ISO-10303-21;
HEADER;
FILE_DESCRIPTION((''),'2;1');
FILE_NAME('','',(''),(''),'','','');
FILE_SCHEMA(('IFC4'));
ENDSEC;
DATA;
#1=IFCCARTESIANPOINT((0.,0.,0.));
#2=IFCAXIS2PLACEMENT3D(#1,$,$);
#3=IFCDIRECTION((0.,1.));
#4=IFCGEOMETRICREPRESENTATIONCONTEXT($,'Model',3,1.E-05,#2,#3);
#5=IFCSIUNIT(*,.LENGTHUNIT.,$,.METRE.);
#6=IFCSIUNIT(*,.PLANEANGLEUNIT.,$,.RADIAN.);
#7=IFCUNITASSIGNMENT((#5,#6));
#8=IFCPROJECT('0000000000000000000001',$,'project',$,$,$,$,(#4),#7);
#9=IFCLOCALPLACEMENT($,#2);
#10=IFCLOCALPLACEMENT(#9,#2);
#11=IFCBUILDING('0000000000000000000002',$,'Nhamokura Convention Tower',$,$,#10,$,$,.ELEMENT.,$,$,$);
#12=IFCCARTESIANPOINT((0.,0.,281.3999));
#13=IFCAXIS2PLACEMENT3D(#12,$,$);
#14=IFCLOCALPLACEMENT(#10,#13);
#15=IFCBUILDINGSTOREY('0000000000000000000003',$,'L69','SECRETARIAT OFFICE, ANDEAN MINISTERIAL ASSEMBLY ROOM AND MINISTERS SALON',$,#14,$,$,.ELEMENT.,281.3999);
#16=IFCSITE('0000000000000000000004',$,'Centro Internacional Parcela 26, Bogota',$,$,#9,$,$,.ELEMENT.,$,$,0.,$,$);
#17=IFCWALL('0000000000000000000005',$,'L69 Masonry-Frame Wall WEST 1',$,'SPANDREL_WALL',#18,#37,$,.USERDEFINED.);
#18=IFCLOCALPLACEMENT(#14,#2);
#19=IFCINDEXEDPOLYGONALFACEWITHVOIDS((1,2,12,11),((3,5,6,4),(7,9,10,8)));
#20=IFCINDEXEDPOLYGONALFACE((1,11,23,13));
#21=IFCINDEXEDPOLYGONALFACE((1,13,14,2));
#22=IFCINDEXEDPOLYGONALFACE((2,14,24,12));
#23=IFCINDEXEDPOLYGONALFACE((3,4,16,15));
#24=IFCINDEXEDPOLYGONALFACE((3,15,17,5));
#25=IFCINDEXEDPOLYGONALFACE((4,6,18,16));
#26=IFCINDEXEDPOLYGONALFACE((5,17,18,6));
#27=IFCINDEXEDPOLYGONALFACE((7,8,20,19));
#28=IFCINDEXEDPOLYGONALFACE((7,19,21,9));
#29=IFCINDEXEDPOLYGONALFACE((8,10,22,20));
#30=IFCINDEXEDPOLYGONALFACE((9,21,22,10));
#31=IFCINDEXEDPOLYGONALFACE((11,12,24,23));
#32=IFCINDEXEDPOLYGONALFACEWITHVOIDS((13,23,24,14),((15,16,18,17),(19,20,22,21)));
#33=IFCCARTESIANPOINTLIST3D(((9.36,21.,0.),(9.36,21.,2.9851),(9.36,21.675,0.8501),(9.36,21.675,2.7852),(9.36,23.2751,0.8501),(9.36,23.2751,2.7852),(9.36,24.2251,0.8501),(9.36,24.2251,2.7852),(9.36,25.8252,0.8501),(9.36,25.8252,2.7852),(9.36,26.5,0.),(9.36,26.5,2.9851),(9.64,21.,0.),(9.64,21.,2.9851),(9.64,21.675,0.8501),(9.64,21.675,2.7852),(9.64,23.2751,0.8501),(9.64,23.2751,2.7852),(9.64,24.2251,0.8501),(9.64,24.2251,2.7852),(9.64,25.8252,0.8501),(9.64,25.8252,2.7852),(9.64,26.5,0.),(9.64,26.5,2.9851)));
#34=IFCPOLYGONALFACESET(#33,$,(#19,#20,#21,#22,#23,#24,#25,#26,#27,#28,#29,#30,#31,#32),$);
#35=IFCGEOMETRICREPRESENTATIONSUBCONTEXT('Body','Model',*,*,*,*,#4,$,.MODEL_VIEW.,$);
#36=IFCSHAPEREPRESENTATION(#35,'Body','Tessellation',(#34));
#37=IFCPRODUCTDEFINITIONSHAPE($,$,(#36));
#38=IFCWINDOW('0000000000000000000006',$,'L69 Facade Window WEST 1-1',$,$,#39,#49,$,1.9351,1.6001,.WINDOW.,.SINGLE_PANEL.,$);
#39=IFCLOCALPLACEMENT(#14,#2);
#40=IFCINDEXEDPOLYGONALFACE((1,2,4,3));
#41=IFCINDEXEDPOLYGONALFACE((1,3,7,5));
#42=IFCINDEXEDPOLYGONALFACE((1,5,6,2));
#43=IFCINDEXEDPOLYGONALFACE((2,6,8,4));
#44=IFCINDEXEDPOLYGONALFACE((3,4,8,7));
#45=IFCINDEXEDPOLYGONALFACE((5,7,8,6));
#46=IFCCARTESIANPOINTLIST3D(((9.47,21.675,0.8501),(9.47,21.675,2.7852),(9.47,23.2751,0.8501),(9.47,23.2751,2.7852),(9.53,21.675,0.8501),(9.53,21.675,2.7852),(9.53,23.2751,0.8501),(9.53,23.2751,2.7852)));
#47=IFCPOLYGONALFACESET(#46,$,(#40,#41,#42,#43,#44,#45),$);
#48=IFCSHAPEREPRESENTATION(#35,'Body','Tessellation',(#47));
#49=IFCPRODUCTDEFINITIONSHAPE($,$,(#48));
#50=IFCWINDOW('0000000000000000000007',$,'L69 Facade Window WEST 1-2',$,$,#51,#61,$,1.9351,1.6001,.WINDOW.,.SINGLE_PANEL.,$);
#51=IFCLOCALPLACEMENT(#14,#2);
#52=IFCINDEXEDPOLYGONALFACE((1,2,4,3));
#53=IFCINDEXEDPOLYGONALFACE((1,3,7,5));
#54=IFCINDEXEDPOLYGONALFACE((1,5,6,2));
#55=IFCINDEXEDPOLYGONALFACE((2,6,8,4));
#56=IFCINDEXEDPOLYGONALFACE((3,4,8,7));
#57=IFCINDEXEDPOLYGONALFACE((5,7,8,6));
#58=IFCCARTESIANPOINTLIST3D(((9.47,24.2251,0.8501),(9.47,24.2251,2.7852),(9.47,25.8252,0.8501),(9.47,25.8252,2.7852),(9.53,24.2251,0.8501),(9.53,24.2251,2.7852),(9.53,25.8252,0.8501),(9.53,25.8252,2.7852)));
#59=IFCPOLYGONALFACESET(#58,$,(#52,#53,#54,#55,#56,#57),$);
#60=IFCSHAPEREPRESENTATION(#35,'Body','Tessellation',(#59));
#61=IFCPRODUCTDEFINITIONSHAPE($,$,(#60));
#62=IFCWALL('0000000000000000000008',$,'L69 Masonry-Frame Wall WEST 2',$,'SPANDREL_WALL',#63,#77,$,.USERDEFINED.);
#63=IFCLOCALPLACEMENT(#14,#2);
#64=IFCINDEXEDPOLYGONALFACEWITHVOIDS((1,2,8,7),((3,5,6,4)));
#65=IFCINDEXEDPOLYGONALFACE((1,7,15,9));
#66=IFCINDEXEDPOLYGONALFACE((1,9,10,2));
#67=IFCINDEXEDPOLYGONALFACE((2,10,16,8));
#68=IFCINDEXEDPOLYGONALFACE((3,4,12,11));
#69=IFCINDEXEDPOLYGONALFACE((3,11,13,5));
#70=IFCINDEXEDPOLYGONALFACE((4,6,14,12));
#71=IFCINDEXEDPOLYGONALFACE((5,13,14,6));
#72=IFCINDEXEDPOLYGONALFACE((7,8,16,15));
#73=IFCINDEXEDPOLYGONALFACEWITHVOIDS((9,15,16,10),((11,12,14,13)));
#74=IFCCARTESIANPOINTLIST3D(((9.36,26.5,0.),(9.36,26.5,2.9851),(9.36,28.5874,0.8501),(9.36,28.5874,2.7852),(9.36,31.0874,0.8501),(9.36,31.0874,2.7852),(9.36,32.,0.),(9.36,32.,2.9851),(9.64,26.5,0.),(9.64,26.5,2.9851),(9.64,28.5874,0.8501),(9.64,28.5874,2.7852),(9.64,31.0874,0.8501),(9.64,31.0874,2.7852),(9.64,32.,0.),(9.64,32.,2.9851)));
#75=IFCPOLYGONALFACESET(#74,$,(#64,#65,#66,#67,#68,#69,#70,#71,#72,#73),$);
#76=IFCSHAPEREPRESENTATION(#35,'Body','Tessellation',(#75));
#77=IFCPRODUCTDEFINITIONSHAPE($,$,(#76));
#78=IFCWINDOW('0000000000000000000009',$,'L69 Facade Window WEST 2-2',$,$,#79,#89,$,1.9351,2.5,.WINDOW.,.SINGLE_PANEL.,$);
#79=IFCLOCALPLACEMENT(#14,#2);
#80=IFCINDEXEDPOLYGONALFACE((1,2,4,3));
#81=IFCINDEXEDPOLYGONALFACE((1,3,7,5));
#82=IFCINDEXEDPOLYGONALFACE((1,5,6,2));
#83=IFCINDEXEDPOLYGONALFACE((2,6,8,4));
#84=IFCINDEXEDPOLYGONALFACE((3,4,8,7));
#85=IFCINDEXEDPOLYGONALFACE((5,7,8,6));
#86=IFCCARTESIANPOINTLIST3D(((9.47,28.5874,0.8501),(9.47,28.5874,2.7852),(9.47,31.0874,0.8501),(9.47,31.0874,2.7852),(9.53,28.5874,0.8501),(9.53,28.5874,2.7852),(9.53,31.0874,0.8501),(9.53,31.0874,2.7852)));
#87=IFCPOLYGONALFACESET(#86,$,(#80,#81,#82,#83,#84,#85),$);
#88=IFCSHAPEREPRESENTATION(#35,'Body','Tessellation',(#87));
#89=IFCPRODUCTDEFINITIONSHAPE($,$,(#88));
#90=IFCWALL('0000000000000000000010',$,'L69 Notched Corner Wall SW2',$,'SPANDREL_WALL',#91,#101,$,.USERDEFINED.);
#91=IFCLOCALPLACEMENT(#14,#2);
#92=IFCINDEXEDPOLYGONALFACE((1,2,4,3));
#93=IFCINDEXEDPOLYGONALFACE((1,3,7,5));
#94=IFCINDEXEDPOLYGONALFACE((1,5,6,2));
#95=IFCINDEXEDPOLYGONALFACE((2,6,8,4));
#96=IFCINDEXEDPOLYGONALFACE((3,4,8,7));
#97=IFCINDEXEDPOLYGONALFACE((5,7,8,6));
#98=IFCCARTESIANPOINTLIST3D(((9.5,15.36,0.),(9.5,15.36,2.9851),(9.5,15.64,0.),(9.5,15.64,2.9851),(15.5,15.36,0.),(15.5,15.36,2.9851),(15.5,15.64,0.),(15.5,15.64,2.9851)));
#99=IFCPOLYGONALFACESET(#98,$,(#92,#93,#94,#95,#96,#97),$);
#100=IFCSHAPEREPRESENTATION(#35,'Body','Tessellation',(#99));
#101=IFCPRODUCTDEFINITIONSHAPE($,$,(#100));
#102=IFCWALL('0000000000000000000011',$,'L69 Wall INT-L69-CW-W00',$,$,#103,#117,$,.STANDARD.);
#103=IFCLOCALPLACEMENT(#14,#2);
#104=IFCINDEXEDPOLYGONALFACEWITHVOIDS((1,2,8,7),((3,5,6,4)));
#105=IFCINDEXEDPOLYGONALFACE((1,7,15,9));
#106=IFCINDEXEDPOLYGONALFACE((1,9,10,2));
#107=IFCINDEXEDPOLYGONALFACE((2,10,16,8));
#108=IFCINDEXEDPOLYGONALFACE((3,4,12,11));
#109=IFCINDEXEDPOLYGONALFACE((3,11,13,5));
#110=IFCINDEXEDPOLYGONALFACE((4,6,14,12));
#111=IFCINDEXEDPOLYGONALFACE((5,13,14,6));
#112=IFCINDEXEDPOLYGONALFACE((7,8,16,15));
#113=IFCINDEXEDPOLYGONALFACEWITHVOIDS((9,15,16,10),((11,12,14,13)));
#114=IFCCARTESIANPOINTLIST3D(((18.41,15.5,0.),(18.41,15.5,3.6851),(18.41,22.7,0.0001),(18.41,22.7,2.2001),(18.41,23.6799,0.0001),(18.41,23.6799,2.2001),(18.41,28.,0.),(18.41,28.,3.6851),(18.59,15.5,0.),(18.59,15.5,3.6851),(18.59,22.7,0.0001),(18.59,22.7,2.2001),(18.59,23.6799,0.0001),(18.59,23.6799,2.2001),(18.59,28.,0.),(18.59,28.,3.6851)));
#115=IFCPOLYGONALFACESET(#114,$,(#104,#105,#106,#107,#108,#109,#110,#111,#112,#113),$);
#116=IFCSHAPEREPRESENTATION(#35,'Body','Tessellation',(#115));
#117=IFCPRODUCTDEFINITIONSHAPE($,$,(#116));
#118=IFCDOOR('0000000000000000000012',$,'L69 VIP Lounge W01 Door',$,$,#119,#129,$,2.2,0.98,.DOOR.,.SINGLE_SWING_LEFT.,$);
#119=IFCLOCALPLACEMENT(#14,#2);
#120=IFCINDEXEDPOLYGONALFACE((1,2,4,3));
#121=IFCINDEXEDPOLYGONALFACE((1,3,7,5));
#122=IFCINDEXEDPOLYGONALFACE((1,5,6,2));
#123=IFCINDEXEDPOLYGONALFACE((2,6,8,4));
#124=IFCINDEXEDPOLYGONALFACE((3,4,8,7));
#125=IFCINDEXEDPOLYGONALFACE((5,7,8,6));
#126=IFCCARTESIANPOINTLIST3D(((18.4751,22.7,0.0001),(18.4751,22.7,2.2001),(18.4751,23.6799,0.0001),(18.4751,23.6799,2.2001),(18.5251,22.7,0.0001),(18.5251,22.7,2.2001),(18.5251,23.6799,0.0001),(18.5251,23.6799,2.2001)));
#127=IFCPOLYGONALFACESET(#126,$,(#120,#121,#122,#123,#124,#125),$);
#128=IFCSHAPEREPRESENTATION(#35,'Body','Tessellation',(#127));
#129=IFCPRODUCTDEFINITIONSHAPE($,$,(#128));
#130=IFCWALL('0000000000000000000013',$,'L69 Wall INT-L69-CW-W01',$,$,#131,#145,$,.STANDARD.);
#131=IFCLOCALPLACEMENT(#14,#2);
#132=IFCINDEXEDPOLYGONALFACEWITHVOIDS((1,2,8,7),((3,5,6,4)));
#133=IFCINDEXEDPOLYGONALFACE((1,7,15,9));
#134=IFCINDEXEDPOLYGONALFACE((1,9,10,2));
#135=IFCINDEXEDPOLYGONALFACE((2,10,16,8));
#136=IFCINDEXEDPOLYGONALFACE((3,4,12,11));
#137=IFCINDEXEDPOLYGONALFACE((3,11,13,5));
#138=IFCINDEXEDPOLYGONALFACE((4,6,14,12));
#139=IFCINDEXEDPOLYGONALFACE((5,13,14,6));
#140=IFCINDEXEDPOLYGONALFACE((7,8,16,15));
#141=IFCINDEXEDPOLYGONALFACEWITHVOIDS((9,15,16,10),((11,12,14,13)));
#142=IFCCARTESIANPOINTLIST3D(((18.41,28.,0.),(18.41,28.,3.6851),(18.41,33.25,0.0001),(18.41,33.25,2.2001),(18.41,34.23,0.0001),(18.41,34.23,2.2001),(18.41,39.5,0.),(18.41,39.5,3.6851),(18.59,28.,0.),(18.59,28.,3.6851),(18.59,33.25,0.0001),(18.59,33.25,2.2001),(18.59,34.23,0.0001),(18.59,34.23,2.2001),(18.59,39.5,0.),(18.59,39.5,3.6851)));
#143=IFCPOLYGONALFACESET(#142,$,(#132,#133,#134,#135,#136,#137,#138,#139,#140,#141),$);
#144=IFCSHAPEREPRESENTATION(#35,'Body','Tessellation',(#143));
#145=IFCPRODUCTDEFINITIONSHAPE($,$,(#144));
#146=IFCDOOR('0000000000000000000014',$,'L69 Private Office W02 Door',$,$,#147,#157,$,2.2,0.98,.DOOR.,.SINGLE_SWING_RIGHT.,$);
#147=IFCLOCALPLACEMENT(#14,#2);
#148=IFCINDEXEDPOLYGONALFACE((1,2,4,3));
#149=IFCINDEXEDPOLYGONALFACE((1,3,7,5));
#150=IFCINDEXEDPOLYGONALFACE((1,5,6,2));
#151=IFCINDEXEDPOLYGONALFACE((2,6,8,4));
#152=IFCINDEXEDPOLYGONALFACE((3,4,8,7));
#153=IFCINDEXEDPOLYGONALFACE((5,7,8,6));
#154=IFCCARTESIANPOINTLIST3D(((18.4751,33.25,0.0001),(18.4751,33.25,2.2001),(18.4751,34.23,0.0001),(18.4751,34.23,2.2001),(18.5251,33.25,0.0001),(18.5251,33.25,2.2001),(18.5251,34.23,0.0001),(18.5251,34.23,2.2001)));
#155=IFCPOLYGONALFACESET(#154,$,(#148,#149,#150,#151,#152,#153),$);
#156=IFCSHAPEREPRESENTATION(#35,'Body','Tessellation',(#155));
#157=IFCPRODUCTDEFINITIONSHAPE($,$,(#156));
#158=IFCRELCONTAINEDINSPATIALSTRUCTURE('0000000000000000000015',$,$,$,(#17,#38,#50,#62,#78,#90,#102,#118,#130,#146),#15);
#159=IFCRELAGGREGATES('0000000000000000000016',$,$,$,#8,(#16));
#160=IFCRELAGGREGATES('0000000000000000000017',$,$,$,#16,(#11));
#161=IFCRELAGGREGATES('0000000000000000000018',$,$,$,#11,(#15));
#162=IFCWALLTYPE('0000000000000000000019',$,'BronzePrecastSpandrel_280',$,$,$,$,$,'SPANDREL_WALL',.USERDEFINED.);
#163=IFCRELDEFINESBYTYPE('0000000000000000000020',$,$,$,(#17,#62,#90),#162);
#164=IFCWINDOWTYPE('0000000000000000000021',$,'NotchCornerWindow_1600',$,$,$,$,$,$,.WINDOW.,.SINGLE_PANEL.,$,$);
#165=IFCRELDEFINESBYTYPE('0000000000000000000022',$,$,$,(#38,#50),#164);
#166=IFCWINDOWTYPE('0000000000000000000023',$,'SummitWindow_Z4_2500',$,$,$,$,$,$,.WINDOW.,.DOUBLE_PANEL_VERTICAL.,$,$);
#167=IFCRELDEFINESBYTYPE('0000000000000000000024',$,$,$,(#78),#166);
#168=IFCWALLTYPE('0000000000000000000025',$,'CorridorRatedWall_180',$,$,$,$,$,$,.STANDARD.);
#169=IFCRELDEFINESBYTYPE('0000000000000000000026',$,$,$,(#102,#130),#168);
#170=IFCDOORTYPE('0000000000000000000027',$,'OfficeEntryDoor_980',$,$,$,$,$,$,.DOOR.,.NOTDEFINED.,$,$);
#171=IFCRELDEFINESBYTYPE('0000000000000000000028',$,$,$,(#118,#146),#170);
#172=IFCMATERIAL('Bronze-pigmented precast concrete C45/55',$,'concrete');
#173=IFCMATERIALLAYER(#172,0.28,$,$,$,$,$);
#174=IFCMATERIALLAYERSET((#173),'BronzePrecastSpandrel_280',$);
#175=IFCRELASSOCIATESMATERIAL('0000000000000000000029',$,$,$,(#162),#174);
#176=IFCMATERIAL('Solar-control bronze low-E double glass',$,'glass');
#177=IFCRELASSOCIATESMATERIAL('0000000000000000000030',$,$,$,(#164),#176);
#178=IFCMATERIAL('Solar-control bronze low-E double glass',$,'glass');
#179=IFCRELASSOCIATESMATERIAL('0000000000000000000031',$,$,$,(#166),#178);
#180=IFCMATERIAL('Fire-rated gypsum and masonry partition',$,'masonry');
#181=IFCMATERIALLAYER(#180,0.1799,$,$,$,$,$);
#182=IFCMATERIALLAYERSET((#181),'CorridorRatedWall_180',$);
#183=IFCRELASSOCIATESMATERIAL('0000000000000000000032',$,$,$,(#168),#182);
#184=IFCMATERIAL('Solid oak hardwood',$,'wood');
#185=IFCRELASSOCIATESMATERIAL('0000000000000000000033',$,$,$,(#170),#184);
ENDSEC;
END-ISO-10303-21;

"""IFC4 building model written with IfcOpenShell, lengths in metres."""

from ifc_helpers import new_model, si_unit, direction, frame, frame_2d, origin, place, context, subcontext, project, spatial, rectangle, extrude, material, layer, layer_set, type_object, element, fill, save


model = new_model("IFC4")

# Units and contexts
model_context = context("Model", 3, precision=1e-05, world=origin(), true_north=direction((0.0, 1.0)))
body_context = subcontext(model_context, "Body", "Model", "MODEL_VIEW")
ifc_project = project(units=[si_unit("LENGTHUNIT", "METRE"), si_unit("PLANEANGLEUNIT", "RADIAN")], contexts=[model_context])

# Site, building, storey
site_placement = place(None, origin())
site = spatial("IfcSite", under=ifc_project, at=site_placement, Name="Centro Internacional Parcela 26, Bogota", CompositionType="ELEMENT", RefElevation=0.0)
building_placement = place(site_placement, origin())
building = spatial("IfcBuilding", under=site, at=building_placement, Name="Nhamokura Convention Tower", CompositionType="ELEMENT")
storey_placement = place(building_placement, frame((0.0, 0.0, 281.3999)))
storey = spatial("IfcBuildingStorey", under=building, at=storey_placement, Name="L69", Description="SECRETARIAT OFFICE, ANDEAN MINISTERIAL ASSEMBLY ROOM AND MINISTERS SALON", CompositionType="ELEMENT", Elevation=281.3999)

# Wall, openings, windows
ifc_material_1 = material(Name="Bronze-pigmented precast concrete C45/55", Category="concrete")
ifc_layer_1 = layer(ifc_material_1, 0.28)
ifc_layer_set_1 = layer_set([ifc_layer_1], Name="BronzePrecastSpandrel_280")
wall_type_1 = type_object("IfcWallType", Name="BronzePrecastSpandrel_280", ElementType="SPANDREL_WALL", PredefinedType="USERDEFINED", material=ifc_layer_set_1)
wall_1_placement = place(storey_placement, frame((9.5, 21.0, 0.0), z_axis=(0.0, 0.0, 1.0), x_axis=(0.0, 1.0, 0.0)))
wall_1 = element("IfcWall", 1, at=wall_1_placement, inside=storey, type_object=wall_type_1, Name="L69 Masonry-Frame Wall WEST 1", ObjectType="SPANDREL_WALL", PredefinedType="USERDEFINED", context=body_context, shape_type="SweptSolid", body=[
    extrude(rectangle(XDim=5.5, YDim=0.28, at=frame_2d((2.75, 0.0))), origin(), (0.0, 0.0, 1.0), 2.9851),
])
opening_1_placement = place(wall_1_placement, frame((0.675, 0.0, 0.8501)))
opening_1 = element("IfcOpeningElement", 2, at=opening_1_placement, cuts=wall_1, PredefinedType="OPENING", context=body_context, shape_type="SweptSolid", body=[
    extrude(rectangle(XDim=1.6001, YDim=1.9351, at=frame_2d((0.8, 0.9675))), frame((0.0, 0.1499, 0.0), z_axis=(0.0, -1.0, 0.0), x_axis=(1.0, 0.0, 0.0)), (0.0, 0.0, 1.0), 0.3),
])
opening_2_placement = place(wall_1_placement, frame((3.2251, 0.0, 0.8501)))
opening_2 = element("IfcOpeningElement", 3, at=opening_2_placement, cuts=wall_1, PredefinedType="OPENING", context=body_context, shape_type="SweptSolid", body=[
    extrude(rectangle(XDim=1.6001, YDim=1.9351, at=frame_2d((0.8, 0.9675))), frame((0.0, 0.1499, 0.0), z_axis=(0.0, -1.0, 0.0), x_axis=(1.0, 0.0, 0.0)), (0.0, 0.0, 1.0), 0.3),
])
ifc_material_2 = material(Name="Solar-control bronze low-E double glass", Category="glass")
window_type_1 = type_object("IfcWindowType", Name="NotchCornerWindow_1600", PartitioningType="SINGLE_PANEL", PredefinedType="WINDOW", material=ifc_material_2)
window_1_placement = place(opening_1_placement, origin())
window_1 = element("IfcWindow", 4, at=window_1_placement, inside=storey, type_object=window_type_1, Name="L69 Facade Window WEST 1-1", OverallHeight=1.9351, OverallWidth=1.6001, PartitioningType="SINGLE_PANEL", PredefinedType="WINDOW", context=body_context, shape_type="SweptSolid", body=[
    extrude(rectangle(XDim=1.6001, YDim=1.9351, at=frame_2d((0.8, 0.9675))), frame((0.0, 0.03, 0.0), z_axis=(0.0, -1.0, 0.0), x_axis=(1.0, 0.0, 0.0)), (0.0, 0.0, 1.0), 0.0601),
])
fill(opening_1, window_1)
window_2_placement = place(opening_2_placement, origin())
window_2 = element("IfcWindow", 5, at=window_2_placement, inside=storey, type_object=window_type_1, Name="L69 Facade Window WEST 1-2", OverallHeight=1.9351, OverallWidth=1.6001, PartitioningType="SINGLE_PANEL", PredefinedType="WINDOW", context=body_context, shape_type="SweptSolid", body=[
    extrude(rectangle(XDim=1.6001, YDim=1.9351, at=frame_2d((0.8, 0.9675))), frame((0.0, 0.03, 0.0), z_axis=(0.0, -1.0, 0.0), x_axis=(1.0, 0.0, 0.0)), (0.0, 0.0, 1.0), 0.0601),
])
fill(opening_2, window_2)

# Wall, opening, window
wall_2_placement = place(storey_placement, frame((9.5, 26.5, 0.0), z_axis=(0.0, 0.0, 1.0), x_axis=(0.0, 1.0, 0.0)))
wall_2 = element("IfcWall", 6, at=wall_2_placement, inside=storey, type_object=wall_type_1, Name="L69 Masonry-Frame Wall WEST 2", ObjectType="SPANDREL_WALL", PredefinedType="USERDEFINED", context=body_context, shape_type="SweptSolid", body=[
    extrude(rectangle(XDim=5.5, YDim=0.28, at=frame_2d((2.75, 0.0))), origin(), (0.0, 0.0, 1.0), 2.9851),
])
opening_3_placement = place(wall_2_placement, frame((2.0874, 0.0, 0.8501)))
opening_3 = element("IfcOpeningElement", 7, at=opening_3_placement, cuts=wall_2, PredefinedType="OPENING", context=body_context, shape_type="SweptSolid", body=[
    extrude(rectangle(XDim=2.5, YDim=1.9351, at=frame_2d((1.25, 0.9675))), frame((0.0, 0.1499, 0.0), z_axis=(0.0, -1.0, 0.0), x_axis=(1.0, 0.0, 0.0)), (0.0, 0.0, 1.0), 0.3),
])
ifc_material_3 = material(Name="Solar-control bronze low-E double glass", Category="glass")
window_type_2 = type_object("IfcWindowType", Name="SummitWindow_Z4_2500", PartitioningType="DOUBLE_PANEL_VERTICAL", PredefinedType="WINDOW", material=ifc_material_3)
window_3_placement = place(opening_3_placement, origin())
window_3 = element("IfcWindow", 8, at=window_3_placement, inside=storey, type_object=window_type_2, Name="L69 Facade Window WEST 2-2", OverallHeight=1.9351, OverallWidth=2.5, PartitioningType="SINGLE_PANEL", PredefinedType="WINDOW", context=body_context, shape_type="SweptSolid", body=[
    extrude(rectangle(XDim=2.5, YDim=1.9351, at=frame_2d((1.25, 0.9675))), frame((0.0, 0.03, 0.0), z_axis=(0.0, -1.0, 0.0), x_axis=(1.0, 0.0, 0.0)), (0.0, 0.0, 1.0), 0.0601),
])
fill(opening_3, window_3)

# Wall
wall_3_placement = place(storey_placement, frame((15.5, 15.5, 0.0), z_axis=(0.0, 0.0, 1.0), x_axis=(-1.0, 0.0, 0.0)))
element("IfcWall", 9, at=wall_3_placement, inside=storey, type_object=wall_type_1, Name="L69 Notched Corner Wall SW2", ObjectType="SPANDREL_WALL", PredefinedType="USERDEFINED", context=body_context, shape_type="SweptSolid", body=[
    extrude(rectangle(XDim=6.0, YDim=0.28, at=frame_2d((3.0, 0.0))), origin(), (0.0, 0.0, 1.0), 2.9851),
])

# Walls, openings, doors
ifc_material_4 = material(Name="Fire-rated gypsum and masonry partition", Category="masonry")
ifc_layer_2 = layer(ifc_material_4, 0.1799)
ifc_layer_set_2 = layer_set([ifc_layer_2], Name="CorridorRatedWall_180")
wall_type_2 = type_object("IfcWallType", Name="CorridorRatedWall_180", PredefinedType="STANDARD", material=ifc_layer_set_2)
wall_4_placement = place(storey_placement, frame((18.5, 15.5, 0.0), z_axis=(0.0, 0.0, 1.0), x_axis=(0.0, 1.0, 0.0)))
wall_4 = element("IfcWall", 10, at=wall_4_placement, inside=storey, type_object=wall_type_2, Name="L69 Wall INT-L69-CW-W00", PredefinedType="STANDARD", context=body_context, shape_type="SweptSolid", body=[
    extrude(rectangle(XDim=12.5, YDim=0.1799, at=frame_2d((6.25, 0.0))), origin(), (0.0, 0.0, 1.0), 3.6851),
])
opening_4_placement = place(wall_4_placement, frame((7.2, 0.0, 0.0)))
opening_4 = element("IfcOpeningElement", 11, at=opening_4_placement, cuts=wall_4, PredefinedType="OPENING", context=body_context, shape_type="SweptSolid", body=[
    extrude(rectangle(XDim=0.98, YDim=2.2, at=frame_2d((0.49, 1.1001))), frame((0.0, 0.0999, 0.0), z_axis=(0.0, -1.0, 0.0), x_axis=(1.0, 0.0, 0.0)), (0.0, 0.0, 1.0), 0.2),
])
ifc_material_5 = material(Name="Solid oak hardwood", Category="wood")
door_type = type_object("IfcDoorType", Name="OfficeEntryDoor_980", OperationType="NOTDEFINED", PredefinedType="DOOR", material=ifc_material_5)
door_1_placement = place(opening_4_placement, origin())
door_1 = element("IfcDoor", 12, at=door_1_placement, inside=storey, type_object=door_type, Name="L69 VIP Lounge W01 Door", OperationType="SINGLE_SWING_LEFT", OverallHeight=2.2, OverallWidth=0.98, PredefinedType="DOOR", context=body_context, shape_type="SweptSolid", body=[
    extrude(rectangle(XDim=0.98, YDim=2.2, at=frame_2d((0.49, 1.1001))), frame((0.0, 0.0249, 0.0), z_axis=(0.0, -1.0, 0.0), x_axis=(1.0, 0.0, 0.0)), (0.0, 0.0, 1.0), 0.05),
])
fill(opening_4, door_1)
wall_5_placement = place(storey_placement, frame((18.5, 28.0, 0.0), z_axis=(0.0, 0.0, 1.0), x_axis=(0.0, 1.0, 0.0)))
wall_5 = element("IfcWall", 13, at=wall_5_placement, inside=storey, type_object=wall_type_2, Name="L69 Wall INT-L69-CW-W01", PredefinedType="STANDARD", context=body_context, shape_type="SweptSolid", body=[
    extrude(rectangle(XDim=11.5, YDim=0.1799, at=frame_2d((5.75, 0.0))), origin(), (0.0, 0.0, 1.0), 3.6851),
])
opening_5_placement = place(wall_5_placement, frame((5.25, 0.0, 0.0)))
opening_5 = element("IfcOpeningElement", 14, at=opening_5_placement, cuts=wall_5, PredefinedType="OPENING", context=body_context, shape_type="SweptSolid", body=[
    extrude(rectangle(XDim=0.98, YDim=2.2, at=frame_2d((0.49, 1.1001))), frame((0.0, 0.0999, 0.0), z_axis=(0.0, -1.0, 0.0), x_axis=(1.0, 0.0, 0.0)), (0.0, 0.0, 1.0), 0.2),
])
door_2_placement = place(opening_5_placement, origin())
door_2 = element("IfcDoor", 15, at=door_2_placement, inside=storey, type_object=door_type, Name="L69 Private Office W02 Door", OperationType="SINGLE_SWING_RIGHT", OverallHeight=2.2, OverallWidth=0.98, PredefinedType="DOOR", context=body_context, shape_type="SweptSolid", body=[
    extrude(rectangle(XDim=0.98, YDim=2.2, at=frame_2d((0.49, 1.1001))), frame((0.0, 0.0249, 0.0), z_axis=(0.0, -1.0, 0.0), x_axis=(1.0, 0.0, 0.0)), (0.0, 0.0, 1.0), 0.05),
])
fill(opening_5, door_2)

save(model, "model.ifc")
